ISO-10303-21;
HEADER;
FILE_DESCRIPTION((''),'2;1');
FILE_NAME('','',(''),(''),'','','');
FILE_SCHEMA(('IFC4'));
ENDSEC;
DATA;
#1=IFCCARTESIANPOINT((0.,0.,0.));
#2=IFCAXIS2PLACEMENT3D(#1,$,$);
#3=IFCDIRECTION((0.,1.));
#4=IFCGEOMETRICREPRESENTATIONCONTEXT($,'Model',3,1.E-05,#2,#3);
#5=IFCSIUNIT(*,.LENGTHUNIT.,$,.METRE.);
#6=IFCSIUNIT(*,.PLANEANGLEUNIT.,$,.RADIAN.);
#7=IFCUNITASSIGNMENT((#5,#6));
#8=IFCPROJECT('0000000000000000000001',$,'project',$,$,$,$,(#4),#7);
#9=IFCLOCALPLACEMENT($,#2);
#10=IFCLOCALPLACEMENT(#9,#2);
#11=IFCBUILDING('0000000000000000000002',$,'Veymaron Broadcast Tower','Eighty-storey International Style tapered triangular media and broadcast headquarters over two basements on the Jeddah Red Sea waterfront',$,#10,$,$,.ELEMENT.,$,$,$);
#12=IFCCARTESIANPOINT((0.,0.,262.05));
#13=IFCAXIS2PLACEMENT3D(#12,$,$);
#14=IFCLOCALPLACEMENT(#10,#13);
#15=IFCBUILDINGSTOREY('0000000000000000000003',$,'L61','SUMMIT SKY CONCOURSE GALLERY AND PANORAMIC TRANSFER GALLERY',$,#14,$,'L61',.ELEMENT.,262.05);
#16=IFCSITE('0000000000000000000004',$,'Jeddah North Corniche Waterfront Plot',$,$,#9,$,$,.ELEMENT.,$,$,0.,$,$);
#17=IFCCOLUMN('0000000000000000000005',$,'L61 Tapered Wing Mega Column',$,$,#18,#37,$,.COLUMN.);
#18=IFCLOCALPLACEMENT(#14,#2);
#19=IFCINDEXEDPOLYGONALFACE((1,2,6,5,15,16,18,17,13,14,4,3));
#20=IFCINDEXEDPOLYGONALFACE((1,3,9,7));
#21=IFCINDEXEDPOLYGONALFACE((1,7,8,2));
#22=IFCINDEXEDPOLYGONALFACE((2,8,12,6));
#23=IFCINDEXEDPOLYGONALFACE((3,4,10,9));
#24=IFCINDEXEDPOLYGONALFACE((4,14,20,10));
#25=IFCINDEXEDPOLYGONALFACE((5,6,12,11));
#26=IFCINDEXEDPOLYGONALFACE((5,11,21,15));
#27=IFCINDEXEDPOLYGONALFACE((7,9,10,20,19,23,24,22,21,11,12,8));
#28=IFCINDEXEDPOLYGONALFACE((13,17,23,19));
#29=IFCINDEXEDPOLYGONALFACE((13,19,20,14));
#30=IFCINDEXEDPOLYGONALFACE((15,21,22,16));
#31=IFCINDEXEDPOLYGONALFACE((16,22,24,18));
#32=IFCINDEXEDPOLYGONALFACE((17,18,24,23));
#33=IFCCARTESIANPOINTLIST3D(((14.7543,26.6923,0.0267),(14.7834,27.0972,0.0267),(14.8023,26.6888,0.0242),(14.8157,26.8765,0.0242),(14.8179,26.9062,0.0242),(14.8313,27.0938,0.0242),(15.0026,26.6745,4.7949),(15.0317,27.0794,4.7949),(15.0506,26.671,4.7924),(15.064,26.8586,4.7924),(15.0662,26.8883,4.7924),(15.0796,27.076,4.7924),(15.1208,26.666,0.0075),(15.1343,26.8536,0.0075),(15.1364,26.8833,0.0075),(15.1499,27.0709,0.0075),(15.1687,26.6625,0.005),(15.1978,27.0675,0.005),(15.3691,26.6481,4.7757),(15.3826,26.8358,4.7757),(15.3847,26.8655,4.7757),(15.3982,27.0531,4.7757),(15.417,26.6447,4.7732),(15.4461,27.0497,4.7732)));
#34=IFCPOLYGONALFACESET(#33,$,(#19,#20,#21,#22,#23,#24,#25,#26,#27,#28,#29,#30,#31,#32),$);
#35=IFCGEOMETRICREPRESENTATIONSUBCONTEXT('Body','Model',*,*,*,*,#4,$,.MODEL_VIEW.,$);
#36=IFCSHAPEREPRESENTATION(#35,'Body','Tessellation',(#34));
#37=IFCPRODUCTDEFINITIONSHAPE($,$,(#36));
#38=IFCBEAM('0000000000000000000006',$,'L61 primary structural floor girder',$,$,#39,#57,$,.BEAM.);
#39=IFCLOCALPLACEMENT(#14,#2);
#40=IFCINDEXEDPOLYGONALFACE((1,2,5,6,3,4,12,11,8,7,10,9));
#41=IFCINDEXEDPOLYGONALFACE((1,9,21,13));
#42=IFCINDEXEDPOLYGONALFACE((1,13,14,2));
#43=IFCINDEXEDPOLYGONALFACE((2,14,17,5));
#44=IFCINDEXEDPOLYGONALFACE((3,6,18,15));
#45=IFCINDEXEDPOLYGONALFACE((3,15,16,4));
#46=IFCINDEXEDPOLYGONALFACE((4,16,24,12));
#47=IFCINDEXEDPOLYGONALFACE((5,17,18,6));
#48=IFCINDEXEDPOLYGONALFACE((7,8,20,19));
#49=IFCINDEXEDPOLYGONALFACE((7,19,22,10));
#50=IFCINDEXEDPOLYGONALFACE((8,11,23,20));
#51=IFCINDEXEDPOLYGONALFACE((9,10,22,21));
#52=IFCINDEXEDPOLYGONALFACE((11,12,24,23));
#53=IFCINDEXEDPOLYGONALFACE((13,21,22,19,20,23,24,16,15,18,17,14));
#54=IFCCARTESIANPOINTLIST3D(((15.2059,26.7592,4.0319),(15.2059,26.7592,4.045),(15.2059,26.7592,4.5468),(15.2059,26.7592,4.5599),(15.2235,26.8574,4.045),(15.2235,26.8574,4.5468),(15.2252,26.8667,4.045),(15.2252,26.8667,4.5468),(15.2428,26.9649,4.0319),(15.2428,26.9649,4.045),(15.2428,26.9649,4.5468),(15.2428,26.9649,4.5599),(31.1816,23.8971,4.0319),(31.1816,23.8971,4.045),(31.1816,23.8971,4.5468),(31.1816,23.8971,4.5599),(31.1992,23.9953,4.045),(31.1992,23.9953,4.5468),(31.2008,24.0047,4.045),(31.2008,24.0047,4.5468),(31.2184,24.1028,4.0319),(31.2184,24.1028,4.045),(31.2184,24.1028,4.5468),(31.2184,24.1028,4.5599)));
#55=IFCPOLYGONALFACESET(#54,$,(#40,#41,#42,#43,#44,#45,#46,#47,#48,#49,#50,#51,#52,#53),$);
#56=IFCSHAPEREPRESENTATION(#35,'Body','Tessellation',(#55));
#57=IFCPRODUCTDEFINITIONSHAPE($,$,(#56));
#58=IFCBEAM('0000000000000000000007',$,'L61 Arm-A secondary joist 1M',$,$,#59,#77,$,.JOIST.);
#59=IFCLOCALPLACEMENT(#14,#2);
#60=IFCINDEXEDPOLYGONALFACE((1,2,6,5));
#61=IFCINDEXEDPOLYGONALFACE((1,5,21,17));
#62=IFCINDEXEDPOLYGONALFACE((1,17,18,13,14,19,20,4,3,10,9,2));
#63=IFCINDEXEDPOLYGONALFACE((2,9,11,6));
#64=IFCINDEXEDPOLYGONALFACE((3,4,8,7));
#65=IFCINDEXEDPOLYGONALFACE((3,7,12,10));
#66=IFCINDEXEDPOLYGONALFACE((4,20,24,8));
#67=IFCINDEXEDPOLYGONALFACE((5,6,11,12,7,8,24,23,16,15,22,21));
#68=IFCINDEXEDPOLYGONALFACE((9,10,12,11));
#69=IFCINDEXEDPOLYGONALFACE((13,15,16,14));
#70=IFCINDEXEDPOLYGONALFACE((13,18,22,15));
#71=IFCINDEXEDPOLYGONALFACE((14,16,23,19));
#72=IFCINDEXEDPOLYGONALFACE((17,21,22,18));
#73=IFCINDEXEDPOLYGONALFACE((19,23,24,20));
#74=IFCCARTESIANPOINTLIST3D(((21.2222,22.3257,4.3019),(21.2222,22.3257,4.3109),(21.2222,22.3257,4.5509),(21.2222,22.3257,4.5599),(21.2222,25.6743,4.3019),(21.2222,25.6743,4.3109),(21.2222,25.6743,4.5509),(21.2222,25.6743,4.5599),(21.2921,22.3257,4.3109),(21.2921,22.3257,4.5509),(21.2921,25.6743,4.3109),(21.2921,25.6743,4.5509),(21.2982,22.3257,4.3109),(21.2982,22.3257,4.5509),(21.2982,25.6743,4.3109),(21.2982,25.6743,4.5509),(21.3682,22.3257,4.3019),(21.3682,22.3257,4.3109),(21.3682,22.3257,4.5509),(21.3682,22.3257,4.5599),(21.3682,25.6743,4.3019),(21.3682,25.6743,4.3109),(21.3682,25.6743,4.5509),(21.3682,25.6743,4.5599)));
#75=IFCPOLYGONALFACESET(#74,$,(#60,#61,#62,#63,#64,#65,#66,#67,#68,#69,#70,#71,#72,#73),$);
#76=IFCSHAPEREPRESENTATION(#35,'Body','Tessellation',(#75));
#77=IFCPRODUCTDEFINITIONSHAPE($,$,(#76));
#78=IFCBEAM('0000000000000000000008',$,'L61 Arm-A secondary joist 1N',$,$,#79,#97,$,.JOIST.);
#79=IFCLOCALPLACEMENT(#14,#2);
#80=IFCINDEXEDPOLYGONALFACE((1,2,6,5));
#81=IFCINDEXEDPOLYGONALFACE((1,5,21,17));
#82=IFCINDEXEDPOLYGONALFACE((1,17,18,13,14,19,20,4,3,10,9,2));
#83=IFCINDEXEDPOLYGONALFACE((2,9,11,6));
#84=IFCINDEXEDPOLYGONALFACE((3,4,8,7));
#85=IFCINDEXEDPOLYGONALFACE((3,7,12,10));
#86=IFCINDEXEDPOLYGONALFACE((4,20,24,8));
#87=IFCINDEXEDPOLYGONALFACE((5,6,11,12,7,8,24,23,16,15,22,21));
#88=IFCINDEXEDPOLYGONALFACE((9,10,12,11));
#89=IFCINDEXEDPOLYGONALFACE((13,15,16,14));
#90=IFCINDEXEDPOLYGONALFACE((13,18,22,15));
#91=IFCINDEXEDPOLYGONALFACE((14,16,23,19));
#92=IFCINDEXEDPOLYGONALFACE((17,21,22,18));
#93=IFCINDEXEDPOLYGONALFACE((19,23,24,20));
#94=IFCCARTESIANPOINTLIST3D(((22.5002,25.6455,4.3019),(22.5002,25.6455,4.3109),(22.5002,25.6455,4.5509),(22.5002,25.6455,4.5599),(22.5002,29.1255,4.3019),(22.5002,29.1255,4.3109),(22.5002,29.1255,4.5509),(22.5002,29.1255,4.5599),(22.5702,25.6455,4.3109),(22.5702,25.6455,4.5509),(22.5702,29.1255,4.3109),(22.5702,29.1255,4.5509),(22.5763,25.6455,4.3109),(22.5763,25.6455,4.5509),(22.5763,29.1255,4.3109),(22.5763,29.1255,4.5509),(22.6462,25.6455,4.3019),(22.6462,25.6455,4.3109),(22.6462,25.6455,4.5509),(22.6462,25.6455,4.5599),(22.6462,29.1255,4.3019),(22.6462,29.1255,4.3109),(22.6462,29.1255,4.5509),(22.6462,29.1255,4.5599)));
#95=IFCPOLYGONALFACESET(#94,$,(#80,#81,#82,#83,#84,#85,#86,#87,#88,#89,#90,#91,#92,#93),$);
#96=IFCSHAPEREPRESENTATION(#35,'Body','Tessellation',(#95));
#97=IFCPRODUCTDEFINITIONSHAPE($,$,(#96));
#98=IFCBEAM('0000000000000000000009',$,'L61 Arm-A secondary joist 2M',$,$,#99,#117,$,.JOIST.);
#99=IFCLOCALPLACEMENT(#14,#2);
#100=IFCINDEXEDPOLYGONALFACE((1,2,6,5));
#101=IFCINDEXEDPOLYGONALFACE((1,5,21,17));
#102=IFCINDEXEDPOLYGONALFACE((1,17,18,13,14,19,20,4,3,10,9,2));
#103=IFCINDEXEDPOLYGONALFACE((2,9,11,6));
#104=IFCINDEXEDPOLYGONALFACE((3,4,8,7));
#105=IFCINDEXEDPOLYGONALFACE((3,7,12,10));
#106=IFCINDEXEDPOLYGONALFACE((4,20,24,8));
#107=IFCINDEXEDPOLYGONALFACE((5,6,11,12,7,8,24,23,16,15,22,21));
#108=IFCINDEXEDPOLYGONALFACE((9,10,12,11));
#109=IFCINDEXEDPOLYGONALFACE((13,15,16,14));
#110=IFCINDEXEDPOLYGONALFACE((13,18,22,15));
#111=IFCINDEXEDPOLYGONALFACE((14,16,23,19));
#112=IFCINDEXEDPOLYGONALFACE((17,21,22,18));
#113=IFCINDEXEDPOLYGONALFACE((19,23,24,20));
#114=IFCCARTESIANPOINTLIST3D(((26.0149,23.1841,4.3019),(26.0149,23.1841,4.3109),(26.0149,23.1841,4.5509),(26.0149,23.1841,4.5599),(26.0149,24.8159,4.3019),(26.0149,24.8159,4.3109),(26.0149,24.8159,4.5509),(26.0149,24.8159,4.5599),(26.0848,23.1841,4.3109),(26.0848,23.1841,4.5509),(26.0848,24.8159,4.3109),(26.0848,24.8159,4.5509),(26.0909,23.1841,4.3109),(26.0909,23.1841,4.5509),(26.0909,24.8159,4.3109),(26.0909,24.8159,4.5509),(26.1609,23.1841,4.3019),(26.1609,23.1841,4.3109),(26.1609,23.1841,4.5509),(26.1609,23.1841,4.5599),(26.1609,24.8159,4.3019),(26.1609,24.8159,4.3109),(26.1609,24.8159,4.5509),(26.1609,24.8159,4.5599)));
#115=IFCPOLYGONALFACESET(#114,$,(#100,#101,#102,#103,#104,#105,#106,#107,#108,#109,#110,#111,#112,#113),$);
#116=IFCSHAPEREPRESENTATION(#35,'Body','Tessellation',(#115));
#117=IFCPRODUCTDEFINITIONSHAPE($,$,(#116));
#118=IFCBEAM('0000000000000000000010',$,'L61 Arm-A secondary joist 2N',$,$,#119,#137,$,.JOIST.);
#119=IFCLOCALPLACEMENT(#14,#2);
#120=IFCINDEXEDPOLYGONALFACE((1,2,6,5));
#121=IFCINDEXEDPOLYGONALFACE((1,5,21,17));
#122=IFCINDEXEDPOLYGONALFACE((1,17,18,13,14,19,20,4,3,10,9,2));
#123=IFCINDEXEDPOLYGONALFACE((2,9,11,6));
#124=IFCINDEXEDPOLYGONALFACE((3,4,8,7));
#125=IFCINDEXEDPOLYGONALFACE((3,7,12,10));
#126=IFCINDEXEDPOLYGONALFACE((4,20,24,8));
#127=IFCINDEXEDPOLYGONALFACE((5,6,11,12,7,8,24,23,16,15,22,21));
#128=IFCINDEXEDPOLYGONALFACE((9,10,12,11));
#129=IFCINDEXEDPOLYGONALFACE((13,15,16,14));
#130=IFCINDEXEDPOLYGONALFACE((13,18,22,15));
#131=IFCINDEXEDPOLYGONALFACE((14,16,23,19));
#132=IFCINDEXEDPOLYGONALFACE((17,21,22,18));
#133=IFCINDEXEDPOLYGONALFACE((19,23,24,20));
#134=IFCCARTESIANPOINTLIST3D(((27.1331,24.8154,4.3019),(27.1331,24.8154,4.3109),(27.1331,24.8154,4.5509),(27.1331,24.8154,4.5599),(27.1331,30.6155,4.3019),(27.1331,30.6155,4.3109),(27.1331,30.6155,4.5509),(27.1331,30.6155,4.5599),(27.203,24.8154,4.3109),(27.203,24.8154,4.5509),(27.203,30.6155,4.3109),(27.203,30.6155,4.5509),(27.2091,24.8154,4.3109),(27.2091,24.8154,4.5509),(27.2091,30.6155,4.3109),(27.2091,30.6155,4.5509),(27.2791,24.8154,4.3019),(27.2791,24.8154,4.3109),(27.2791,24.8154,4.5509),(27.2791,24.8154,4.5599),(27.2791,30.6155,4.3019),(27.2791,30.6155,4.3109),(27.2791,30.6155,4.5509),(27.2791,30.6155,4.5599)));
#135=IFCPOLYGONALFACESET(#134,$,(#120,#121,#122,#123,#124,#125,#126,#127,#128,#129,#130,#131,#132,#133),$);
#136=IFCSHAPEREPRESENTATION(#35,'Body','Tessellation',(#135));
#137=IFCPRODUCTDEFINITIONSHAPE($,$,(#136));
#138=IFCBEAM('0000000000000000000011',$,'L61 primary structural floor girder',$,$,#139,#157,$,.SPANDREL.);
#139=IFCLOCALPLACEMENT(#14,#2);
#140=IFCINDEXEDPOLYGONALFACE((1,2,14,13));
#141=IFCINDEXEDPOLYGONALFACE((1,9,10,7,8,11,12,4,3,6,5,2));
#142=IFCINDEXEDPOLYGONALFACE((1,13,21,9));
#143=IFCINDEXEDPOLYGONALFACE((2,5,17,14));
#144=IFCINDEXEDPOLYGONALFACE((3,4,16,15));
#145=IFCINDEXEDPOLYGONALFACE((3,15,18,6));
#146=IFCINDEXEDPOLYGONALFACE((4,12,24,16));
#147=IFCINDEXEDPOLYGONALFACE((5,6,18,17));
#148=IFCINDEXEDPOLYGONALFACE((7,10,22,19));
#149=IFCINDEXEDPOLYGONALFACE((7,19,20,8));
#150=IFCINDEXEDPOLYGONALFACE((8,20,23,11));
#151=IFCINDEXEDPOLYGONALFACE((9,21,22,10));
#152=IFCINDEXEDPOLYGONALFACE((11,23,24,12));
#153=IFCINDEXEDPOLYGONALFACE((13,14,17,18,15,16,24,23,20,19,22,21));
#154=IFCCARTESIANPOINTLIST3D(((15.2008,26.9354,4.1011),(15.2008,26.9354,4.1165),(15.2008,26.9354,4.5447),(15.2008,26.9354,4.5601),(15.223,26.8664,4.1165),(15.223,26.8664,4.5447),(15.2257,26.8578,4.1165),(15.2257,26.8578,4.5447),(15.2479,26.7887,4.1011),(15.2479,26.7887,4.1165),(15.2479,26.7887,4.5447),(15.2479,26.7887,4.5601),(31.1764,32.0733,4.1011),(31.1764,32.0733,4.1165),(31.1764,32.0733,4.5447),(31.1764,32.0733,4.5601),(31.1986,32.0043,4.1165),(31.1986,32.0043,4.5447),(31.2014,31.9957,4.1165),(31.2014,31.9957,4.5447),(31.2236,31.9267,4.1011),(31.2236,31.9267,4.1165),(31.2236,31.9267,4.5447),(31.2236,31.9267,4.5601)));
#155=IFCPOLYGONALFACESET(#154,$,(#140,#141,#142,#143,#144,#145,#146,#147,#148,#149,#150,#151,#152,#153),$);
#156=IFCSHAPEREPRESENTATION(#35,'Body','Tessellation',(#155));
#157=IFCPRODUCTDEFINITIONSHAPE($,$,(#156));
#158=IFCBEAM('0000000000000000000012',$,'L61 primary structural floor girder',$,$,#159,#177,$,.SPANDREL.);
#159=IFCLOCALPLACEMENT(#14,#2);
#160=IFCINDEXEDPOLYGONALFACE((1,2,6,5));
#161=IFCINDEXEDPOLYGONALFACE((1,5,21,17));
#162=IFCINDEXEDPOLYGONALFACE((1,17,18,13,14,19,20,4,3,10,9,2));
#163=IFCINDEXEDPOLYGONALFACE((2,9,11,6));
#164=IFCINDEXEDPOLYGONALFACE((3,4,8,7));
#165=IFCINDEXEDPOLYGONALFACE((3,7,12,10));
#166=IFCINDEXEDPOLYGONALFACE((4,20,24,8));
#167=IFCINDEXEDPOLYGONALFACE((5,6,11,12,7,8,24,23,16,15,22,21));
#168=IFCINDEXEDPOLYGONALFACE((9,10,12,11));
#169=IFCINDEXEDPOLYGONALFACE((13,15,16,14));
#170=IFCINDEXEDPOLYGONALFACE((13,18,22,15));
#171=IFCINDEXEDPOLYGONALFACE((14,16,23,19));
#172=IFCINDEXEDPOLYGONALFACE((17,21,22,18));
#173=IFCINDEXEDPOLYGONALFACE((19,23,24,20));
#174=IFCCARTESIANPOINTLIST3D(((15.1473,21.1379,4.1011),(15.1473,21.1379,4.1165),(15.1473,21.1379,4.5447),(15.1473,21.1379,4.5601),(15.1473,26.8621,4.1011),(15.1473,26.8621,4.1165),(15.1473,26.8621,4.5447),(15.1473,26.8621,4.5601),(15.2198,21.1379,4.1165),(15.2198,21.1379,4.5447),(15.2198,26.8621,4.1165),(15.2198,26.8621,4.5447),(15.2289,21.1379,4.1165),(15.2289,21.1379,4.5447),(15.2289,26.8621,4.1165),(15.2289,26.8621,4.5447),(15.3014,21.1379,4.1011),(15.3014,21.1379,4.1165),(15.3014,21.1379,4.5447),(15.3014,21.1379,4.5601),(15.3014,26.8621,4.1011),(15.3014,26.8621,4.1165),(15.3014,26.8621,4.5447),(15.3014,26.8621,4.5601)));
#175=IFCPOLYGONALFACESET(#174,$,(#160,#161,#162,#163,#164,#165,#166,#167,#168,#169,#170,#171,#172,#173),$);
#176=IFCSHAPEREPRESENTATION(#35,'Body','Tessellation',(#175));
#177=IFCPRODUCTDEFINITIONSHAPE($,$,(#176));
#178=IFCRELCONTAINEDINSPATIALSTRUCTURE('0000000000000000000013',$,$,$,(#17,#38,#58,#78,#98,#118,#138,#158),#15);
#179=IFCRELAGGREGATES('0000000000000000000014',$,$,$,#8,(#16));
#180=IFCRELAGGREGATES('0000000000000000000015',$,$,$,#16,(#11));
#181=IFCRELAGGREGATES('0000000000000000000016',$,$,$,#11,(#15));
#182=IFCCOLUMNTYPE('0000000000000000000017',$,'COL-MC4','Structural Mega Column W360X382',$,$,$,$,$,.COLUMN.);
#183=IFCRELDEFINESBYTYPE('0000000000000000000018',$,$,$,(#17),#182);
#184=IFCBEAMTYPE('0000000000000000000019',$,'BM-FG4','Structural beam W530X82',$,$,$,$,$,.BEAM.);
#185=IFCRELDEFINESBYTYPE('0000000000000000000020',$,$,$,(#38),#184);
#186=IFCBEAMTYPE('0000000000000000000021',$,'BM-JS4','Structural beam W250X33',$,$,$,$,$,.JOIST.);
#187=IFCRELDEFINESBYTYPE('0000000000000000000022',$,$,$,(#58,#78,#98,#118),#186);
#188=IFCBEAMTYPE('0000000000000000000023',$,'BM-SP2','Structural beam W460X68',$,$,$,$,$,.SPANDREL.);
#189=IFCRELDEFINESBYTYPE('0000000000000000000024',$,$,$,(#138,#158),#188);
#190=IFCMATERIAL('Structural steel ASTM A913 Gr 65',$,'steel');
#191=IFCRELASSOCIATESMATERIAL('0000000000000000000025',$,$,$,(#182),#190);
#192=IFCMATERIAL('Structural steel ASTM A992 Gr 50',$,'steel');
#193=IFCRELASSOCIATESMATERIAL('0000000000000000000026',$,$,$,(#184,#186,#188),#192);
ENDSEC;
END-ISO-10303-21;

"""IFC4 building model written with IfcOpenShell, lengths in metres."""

from ifc_helpers import new_model, si_unit, direction, frame, origin, origin_2d, place, context, subcontext, project, spatial, i_section, extrude, material, material_profile, profile_set, type_object, element, save


model = new_model("IFC4")

# Units and contexts
model_context = context("Model", 3, precision=1e-05, world=origin(), true_north=direction((0.0, 1.0)))
body_context = subcontext(model_context, "Body", "Model", "MODEL_VIEW")
ifc_project = project(units=[si_unit("LENGTHUNIT", "METRE"), si_unit("PLANEANGLEUNIT", "RADIAN")], contexts=[model_context])

# Site, building, storey
site_placement = place(None, origin())
site = spatial("IfcSite", under=ifc_project, at=site_placement, Name="Jeddah North Corniche Waterfront Plot", CompositionType="ELEMENT", RefElevation=0.0)
building_placement = place(site_placement, origin())
building = spatial("IfcBuilding", under=site, at=building_placement, Name="Veymaron Broadcast Tower", Description="Eighty-storey International Style tapered triangular media and broadcast headquarters over two basements on the Jeddah Red Sea waterfront", CompositionType="ELEMENT")
storey_placement = place(building_placement, frame((0.0, 0.0, 262.05)))
storey = spatial("IfcBuildingStorey", under=building, at=storey_placement, Name="L61", Description="SUMMIT SKY CONCOURSE GALLERY AND PANORAMIC TRANSFER GALLERY", LongName="L61", CompositionType="ELEMENT", Elevation=262.05)

# Column
ifc_material_1 = material(Name="Structural steel ASTM A913 Gr 65", Category="steel")
ifc_material_profile_1 = material_profile(ifc_material_1, i_section(OverallWidth=0.406, OverallDepth=0.416, WebThickness=0.0298, FlangeThickness=0.0481, at=origin_2d()), Name="W360X382")
ifc_profile_set_1 = profile_set([ifc_material_profile_1], Name="Structural steel ASTM A913 Gr 65")
column_type = type_object("IfcColumnType", Name="COL-MC4", Description="Structural Mega Column W360X382", PredefinedType="COLUMN", material=ifc_profile_set_1)
column_placement = place(storey_placement, frame((14.9761, 26.8799, 0.0159), z_axis=(0.052003, -0.003733, 0.99864), x_axis=(0.071596, 0.997434, 0.0)))
element("IfcColumn", 1, at=column_placement, inside=storey, type_object=column_type, Name="L61 Tapered Wing Mega Column", PredefinedType="COLUMN", context=body_context, shape_type="SweptSolid", body=[
    extrude(i_section(OverallWidth=0.406, OverallDepth=0.416, WebThickness=0.0298, FlangeThickness=0.0481, at=origin_2d()), origin(), (0.0, 0.0, 1.0), 4.7747),
])

# Beams
ifc_material_2 = material(Name="Structural steel ASTM A992 Gr 50", Category="steel")
ifc_material_profile_2 = material_profile(ifc_material_2, i_section(OverallWidth=0.209, OverallDepth=0.5281, WebThickness=0.0095, FlangeThickness=0.0132, at=origin_2d()), Name="W530X82")
ifc_profile_set_2 = profile_set([ifc_material_profile_2], Name="Structural steel ASTM A992 Gr 50")
beam_type_1 = type_object("IfcBeamType", Name="BM-FG4", Description="Structural beam W530X82", PredefinedType="BEAM", material=ifc_profile_set_2)
beam_1_placement = place(storey_placement, frame((15.2244, 26.8621, 4.2959), z_axis=(0.984328, -0.176345, 0.0), x_axis=(0.176345, 0.984328, 0.0)))
element("IfcBeam", 2, at=beam_1_placement, inside=storey, type_object=beam_type_1, Name="L61 primary structural floor girder", PredefinedType="BEAM", context=body_context, shape_type="SweptSolid", body=[
    extrude(i_section(OverallWidth=0.209, OverallDepth=0.5281, WebThickness=0.0095, FlangeThickness=0.0132, at=origin_2d()), origin(), (0.0, 0.0, 1.0), 16.23),
])
ifc_material_profile_3 = material_profile(ifc_material_2, i_section(OverallWidth=0.146, OverallDepth=0.2581, WebThickness=0.0061, FlangeThickness=0.009, at=origin_2d()), Name="W250X33")
ifc_profile_set_3 = profile_set([ifc_material_profile_3], Name="Structural steel ASTM A992 Gr 50")
beam_type_2 = type_object("IfcBeamType", Name="BM-JS4", Description="Structural beam W250X33", PredefinedType="JOIST", material=ifc_profile_set_3)
beam_2_placement = place(storey_placement, frame((21.2952, 22.3257, 4.4309), z_axis=(0.0, 1.0, 0.0), x_axis=(-1.0, 0.0, 0.0)))
element("IfcBeam", 3, at=beam_2_placement, inside=storey, type_object=beam_type_2, Name="L61 Arm-A secondary joist 1M", PredefinedType="JOIST", context=body_context, shape_type="SweptSolid", body=[
    extrude(i_section(OverallWidth=0.146, OverallDepth=0.2581, WebThickness=0.0061, FlangeThickness=0.009, at=origin_2d()), origin(), (0.0, 0.0, 1.0), 3.3486),
])
beam_3_placement = place(storey_placement, frame((22.5732, 25.6455, 4.4309), z_axis=(0.0, 1.0, 0.0), x_axis=(-1.0, 0.0, 0.0)))
element("IfcBeam", 4, at=beam_3_placement, inside=storey, type_object=beam_type_2, Name="L61 Arm-A secondary joist 1N", PredefinedType="JOIST", context=body_context, shape_type="SweptSolid", body=[
    extrude(i_section(OverallWidth=0.146, OverallDepth=0.2581, WebThickness=0.0061, FlangeThickness=0.009, at=origin_2d()), origin(), (0.0, 0.0, 1.0), 3.48),
])
beam_4_placement = place(storey_placement, frame((26.0879, 23.1841, 4.4309), z_axis=(0.0, 1.0, 0.0), x_axis=(-1.0, 0.0, 0.0)))
element("IfcBeam", 5, at=beam_4_placement, inside=storey, type_object=beam_type_2, Name="L61 Arm-A secondary joist 2M", PredefinedType="JOIST", context=body_context, shape_type="SweptSolid", body=[
    extrude(i_section(OverallWidth=0.146, OverallDepth=0.2581, WebThickness=0.0061, FlangeThickness=0.009, at=origin_2d()), origin(), (0.0, 0.0, 1.0), 1.6318),
])
beam_5_placement = place(storey_placement, frame((27.2061, 24.8154, 4.4309), z_axis=(0.0, 1.0, 0.0), x_axis=(-1.0, 0.0, 0.0)))
element("IfcBeam", 6, at=beam_5_placement, inside=storey, type_object=beam_type_2, Name="L61 Arm-A secondary joist 2N", PredefinedType="JOIST", context=body_context, shape_type="SweptSolid", body=[
    extrude(i_section(OverallWidth=0.146, OverallDepth=0.2581, WebThickness=0.0061, FlangeThickness=0.009, at=origin_2d()), origin(), (0.0, 0.0, 1.0), 5.8),
])
ifc_material_profile_4 = material_profile(ifc_material_2, i_section(OverallWidth=0.1541, OverallDepth=0.459, WebThickness=0.009, FlangeThickness=0.0154, at=origin_2d()), Name="W460X68")
ifc_profile_set_4 = profile_set([ifc_material_profile_4], Name="Structural steel ASTM A992 Gr 50")
beam_type_3 = type_object("IfcBeamType", Name="BM-SP2", Description="Structural beam W460X68", PredefinedType="SPANDREL", material=ifc_profile_set_4)
beam_6_placement = place(storey_placement, frame((15.2244, 26.8621, 4.3306), z_axis=(0.951978, 0.306167, 0.0), x_axis=(-0.306167, 0.951978, 0.0)))
element("IfcBeam", 7, at=beam_6_placement, inside=storey, type_object=beam_type_3, Name="L61 primary structural floor girder", PredefinedType="SPANDREL", context=body_context, shape_type="SweptSolid", body=[
    extrude(i_section(OverallWidth=0.1541, OverallDepth=0.459, WebThickness=0.009, FlangeThickness=0.0154, at=origin_2d()), origin(), (0.0, 0.0, 1.0), 16.7815),
])
beam_7_placement = place(storey_placement, frame((15.2244, 21.1379, 4.3306), z_axis=(0.0, 1.0, 0.0), x_axis=(-1.0, 0.0, 0.0)))
element("IfcBeam", 8, at=beam_7_placement, inside=storey, type_object=beam_type_3, Name="L61 primary structural floor girder", PredefinedType="SPANDREL", context=body_context, shape_type="SweptSolid", body=[
    extrude(i_section(OverallWidth=0.1541, OverallDepth=0.459, WebThickness=0.009, FlangeThickness=0.0154, at=origin_2d()), origin(), (0.0, 0.0, 1.0), 5.7241),
])

save(model, "model.ifc")
